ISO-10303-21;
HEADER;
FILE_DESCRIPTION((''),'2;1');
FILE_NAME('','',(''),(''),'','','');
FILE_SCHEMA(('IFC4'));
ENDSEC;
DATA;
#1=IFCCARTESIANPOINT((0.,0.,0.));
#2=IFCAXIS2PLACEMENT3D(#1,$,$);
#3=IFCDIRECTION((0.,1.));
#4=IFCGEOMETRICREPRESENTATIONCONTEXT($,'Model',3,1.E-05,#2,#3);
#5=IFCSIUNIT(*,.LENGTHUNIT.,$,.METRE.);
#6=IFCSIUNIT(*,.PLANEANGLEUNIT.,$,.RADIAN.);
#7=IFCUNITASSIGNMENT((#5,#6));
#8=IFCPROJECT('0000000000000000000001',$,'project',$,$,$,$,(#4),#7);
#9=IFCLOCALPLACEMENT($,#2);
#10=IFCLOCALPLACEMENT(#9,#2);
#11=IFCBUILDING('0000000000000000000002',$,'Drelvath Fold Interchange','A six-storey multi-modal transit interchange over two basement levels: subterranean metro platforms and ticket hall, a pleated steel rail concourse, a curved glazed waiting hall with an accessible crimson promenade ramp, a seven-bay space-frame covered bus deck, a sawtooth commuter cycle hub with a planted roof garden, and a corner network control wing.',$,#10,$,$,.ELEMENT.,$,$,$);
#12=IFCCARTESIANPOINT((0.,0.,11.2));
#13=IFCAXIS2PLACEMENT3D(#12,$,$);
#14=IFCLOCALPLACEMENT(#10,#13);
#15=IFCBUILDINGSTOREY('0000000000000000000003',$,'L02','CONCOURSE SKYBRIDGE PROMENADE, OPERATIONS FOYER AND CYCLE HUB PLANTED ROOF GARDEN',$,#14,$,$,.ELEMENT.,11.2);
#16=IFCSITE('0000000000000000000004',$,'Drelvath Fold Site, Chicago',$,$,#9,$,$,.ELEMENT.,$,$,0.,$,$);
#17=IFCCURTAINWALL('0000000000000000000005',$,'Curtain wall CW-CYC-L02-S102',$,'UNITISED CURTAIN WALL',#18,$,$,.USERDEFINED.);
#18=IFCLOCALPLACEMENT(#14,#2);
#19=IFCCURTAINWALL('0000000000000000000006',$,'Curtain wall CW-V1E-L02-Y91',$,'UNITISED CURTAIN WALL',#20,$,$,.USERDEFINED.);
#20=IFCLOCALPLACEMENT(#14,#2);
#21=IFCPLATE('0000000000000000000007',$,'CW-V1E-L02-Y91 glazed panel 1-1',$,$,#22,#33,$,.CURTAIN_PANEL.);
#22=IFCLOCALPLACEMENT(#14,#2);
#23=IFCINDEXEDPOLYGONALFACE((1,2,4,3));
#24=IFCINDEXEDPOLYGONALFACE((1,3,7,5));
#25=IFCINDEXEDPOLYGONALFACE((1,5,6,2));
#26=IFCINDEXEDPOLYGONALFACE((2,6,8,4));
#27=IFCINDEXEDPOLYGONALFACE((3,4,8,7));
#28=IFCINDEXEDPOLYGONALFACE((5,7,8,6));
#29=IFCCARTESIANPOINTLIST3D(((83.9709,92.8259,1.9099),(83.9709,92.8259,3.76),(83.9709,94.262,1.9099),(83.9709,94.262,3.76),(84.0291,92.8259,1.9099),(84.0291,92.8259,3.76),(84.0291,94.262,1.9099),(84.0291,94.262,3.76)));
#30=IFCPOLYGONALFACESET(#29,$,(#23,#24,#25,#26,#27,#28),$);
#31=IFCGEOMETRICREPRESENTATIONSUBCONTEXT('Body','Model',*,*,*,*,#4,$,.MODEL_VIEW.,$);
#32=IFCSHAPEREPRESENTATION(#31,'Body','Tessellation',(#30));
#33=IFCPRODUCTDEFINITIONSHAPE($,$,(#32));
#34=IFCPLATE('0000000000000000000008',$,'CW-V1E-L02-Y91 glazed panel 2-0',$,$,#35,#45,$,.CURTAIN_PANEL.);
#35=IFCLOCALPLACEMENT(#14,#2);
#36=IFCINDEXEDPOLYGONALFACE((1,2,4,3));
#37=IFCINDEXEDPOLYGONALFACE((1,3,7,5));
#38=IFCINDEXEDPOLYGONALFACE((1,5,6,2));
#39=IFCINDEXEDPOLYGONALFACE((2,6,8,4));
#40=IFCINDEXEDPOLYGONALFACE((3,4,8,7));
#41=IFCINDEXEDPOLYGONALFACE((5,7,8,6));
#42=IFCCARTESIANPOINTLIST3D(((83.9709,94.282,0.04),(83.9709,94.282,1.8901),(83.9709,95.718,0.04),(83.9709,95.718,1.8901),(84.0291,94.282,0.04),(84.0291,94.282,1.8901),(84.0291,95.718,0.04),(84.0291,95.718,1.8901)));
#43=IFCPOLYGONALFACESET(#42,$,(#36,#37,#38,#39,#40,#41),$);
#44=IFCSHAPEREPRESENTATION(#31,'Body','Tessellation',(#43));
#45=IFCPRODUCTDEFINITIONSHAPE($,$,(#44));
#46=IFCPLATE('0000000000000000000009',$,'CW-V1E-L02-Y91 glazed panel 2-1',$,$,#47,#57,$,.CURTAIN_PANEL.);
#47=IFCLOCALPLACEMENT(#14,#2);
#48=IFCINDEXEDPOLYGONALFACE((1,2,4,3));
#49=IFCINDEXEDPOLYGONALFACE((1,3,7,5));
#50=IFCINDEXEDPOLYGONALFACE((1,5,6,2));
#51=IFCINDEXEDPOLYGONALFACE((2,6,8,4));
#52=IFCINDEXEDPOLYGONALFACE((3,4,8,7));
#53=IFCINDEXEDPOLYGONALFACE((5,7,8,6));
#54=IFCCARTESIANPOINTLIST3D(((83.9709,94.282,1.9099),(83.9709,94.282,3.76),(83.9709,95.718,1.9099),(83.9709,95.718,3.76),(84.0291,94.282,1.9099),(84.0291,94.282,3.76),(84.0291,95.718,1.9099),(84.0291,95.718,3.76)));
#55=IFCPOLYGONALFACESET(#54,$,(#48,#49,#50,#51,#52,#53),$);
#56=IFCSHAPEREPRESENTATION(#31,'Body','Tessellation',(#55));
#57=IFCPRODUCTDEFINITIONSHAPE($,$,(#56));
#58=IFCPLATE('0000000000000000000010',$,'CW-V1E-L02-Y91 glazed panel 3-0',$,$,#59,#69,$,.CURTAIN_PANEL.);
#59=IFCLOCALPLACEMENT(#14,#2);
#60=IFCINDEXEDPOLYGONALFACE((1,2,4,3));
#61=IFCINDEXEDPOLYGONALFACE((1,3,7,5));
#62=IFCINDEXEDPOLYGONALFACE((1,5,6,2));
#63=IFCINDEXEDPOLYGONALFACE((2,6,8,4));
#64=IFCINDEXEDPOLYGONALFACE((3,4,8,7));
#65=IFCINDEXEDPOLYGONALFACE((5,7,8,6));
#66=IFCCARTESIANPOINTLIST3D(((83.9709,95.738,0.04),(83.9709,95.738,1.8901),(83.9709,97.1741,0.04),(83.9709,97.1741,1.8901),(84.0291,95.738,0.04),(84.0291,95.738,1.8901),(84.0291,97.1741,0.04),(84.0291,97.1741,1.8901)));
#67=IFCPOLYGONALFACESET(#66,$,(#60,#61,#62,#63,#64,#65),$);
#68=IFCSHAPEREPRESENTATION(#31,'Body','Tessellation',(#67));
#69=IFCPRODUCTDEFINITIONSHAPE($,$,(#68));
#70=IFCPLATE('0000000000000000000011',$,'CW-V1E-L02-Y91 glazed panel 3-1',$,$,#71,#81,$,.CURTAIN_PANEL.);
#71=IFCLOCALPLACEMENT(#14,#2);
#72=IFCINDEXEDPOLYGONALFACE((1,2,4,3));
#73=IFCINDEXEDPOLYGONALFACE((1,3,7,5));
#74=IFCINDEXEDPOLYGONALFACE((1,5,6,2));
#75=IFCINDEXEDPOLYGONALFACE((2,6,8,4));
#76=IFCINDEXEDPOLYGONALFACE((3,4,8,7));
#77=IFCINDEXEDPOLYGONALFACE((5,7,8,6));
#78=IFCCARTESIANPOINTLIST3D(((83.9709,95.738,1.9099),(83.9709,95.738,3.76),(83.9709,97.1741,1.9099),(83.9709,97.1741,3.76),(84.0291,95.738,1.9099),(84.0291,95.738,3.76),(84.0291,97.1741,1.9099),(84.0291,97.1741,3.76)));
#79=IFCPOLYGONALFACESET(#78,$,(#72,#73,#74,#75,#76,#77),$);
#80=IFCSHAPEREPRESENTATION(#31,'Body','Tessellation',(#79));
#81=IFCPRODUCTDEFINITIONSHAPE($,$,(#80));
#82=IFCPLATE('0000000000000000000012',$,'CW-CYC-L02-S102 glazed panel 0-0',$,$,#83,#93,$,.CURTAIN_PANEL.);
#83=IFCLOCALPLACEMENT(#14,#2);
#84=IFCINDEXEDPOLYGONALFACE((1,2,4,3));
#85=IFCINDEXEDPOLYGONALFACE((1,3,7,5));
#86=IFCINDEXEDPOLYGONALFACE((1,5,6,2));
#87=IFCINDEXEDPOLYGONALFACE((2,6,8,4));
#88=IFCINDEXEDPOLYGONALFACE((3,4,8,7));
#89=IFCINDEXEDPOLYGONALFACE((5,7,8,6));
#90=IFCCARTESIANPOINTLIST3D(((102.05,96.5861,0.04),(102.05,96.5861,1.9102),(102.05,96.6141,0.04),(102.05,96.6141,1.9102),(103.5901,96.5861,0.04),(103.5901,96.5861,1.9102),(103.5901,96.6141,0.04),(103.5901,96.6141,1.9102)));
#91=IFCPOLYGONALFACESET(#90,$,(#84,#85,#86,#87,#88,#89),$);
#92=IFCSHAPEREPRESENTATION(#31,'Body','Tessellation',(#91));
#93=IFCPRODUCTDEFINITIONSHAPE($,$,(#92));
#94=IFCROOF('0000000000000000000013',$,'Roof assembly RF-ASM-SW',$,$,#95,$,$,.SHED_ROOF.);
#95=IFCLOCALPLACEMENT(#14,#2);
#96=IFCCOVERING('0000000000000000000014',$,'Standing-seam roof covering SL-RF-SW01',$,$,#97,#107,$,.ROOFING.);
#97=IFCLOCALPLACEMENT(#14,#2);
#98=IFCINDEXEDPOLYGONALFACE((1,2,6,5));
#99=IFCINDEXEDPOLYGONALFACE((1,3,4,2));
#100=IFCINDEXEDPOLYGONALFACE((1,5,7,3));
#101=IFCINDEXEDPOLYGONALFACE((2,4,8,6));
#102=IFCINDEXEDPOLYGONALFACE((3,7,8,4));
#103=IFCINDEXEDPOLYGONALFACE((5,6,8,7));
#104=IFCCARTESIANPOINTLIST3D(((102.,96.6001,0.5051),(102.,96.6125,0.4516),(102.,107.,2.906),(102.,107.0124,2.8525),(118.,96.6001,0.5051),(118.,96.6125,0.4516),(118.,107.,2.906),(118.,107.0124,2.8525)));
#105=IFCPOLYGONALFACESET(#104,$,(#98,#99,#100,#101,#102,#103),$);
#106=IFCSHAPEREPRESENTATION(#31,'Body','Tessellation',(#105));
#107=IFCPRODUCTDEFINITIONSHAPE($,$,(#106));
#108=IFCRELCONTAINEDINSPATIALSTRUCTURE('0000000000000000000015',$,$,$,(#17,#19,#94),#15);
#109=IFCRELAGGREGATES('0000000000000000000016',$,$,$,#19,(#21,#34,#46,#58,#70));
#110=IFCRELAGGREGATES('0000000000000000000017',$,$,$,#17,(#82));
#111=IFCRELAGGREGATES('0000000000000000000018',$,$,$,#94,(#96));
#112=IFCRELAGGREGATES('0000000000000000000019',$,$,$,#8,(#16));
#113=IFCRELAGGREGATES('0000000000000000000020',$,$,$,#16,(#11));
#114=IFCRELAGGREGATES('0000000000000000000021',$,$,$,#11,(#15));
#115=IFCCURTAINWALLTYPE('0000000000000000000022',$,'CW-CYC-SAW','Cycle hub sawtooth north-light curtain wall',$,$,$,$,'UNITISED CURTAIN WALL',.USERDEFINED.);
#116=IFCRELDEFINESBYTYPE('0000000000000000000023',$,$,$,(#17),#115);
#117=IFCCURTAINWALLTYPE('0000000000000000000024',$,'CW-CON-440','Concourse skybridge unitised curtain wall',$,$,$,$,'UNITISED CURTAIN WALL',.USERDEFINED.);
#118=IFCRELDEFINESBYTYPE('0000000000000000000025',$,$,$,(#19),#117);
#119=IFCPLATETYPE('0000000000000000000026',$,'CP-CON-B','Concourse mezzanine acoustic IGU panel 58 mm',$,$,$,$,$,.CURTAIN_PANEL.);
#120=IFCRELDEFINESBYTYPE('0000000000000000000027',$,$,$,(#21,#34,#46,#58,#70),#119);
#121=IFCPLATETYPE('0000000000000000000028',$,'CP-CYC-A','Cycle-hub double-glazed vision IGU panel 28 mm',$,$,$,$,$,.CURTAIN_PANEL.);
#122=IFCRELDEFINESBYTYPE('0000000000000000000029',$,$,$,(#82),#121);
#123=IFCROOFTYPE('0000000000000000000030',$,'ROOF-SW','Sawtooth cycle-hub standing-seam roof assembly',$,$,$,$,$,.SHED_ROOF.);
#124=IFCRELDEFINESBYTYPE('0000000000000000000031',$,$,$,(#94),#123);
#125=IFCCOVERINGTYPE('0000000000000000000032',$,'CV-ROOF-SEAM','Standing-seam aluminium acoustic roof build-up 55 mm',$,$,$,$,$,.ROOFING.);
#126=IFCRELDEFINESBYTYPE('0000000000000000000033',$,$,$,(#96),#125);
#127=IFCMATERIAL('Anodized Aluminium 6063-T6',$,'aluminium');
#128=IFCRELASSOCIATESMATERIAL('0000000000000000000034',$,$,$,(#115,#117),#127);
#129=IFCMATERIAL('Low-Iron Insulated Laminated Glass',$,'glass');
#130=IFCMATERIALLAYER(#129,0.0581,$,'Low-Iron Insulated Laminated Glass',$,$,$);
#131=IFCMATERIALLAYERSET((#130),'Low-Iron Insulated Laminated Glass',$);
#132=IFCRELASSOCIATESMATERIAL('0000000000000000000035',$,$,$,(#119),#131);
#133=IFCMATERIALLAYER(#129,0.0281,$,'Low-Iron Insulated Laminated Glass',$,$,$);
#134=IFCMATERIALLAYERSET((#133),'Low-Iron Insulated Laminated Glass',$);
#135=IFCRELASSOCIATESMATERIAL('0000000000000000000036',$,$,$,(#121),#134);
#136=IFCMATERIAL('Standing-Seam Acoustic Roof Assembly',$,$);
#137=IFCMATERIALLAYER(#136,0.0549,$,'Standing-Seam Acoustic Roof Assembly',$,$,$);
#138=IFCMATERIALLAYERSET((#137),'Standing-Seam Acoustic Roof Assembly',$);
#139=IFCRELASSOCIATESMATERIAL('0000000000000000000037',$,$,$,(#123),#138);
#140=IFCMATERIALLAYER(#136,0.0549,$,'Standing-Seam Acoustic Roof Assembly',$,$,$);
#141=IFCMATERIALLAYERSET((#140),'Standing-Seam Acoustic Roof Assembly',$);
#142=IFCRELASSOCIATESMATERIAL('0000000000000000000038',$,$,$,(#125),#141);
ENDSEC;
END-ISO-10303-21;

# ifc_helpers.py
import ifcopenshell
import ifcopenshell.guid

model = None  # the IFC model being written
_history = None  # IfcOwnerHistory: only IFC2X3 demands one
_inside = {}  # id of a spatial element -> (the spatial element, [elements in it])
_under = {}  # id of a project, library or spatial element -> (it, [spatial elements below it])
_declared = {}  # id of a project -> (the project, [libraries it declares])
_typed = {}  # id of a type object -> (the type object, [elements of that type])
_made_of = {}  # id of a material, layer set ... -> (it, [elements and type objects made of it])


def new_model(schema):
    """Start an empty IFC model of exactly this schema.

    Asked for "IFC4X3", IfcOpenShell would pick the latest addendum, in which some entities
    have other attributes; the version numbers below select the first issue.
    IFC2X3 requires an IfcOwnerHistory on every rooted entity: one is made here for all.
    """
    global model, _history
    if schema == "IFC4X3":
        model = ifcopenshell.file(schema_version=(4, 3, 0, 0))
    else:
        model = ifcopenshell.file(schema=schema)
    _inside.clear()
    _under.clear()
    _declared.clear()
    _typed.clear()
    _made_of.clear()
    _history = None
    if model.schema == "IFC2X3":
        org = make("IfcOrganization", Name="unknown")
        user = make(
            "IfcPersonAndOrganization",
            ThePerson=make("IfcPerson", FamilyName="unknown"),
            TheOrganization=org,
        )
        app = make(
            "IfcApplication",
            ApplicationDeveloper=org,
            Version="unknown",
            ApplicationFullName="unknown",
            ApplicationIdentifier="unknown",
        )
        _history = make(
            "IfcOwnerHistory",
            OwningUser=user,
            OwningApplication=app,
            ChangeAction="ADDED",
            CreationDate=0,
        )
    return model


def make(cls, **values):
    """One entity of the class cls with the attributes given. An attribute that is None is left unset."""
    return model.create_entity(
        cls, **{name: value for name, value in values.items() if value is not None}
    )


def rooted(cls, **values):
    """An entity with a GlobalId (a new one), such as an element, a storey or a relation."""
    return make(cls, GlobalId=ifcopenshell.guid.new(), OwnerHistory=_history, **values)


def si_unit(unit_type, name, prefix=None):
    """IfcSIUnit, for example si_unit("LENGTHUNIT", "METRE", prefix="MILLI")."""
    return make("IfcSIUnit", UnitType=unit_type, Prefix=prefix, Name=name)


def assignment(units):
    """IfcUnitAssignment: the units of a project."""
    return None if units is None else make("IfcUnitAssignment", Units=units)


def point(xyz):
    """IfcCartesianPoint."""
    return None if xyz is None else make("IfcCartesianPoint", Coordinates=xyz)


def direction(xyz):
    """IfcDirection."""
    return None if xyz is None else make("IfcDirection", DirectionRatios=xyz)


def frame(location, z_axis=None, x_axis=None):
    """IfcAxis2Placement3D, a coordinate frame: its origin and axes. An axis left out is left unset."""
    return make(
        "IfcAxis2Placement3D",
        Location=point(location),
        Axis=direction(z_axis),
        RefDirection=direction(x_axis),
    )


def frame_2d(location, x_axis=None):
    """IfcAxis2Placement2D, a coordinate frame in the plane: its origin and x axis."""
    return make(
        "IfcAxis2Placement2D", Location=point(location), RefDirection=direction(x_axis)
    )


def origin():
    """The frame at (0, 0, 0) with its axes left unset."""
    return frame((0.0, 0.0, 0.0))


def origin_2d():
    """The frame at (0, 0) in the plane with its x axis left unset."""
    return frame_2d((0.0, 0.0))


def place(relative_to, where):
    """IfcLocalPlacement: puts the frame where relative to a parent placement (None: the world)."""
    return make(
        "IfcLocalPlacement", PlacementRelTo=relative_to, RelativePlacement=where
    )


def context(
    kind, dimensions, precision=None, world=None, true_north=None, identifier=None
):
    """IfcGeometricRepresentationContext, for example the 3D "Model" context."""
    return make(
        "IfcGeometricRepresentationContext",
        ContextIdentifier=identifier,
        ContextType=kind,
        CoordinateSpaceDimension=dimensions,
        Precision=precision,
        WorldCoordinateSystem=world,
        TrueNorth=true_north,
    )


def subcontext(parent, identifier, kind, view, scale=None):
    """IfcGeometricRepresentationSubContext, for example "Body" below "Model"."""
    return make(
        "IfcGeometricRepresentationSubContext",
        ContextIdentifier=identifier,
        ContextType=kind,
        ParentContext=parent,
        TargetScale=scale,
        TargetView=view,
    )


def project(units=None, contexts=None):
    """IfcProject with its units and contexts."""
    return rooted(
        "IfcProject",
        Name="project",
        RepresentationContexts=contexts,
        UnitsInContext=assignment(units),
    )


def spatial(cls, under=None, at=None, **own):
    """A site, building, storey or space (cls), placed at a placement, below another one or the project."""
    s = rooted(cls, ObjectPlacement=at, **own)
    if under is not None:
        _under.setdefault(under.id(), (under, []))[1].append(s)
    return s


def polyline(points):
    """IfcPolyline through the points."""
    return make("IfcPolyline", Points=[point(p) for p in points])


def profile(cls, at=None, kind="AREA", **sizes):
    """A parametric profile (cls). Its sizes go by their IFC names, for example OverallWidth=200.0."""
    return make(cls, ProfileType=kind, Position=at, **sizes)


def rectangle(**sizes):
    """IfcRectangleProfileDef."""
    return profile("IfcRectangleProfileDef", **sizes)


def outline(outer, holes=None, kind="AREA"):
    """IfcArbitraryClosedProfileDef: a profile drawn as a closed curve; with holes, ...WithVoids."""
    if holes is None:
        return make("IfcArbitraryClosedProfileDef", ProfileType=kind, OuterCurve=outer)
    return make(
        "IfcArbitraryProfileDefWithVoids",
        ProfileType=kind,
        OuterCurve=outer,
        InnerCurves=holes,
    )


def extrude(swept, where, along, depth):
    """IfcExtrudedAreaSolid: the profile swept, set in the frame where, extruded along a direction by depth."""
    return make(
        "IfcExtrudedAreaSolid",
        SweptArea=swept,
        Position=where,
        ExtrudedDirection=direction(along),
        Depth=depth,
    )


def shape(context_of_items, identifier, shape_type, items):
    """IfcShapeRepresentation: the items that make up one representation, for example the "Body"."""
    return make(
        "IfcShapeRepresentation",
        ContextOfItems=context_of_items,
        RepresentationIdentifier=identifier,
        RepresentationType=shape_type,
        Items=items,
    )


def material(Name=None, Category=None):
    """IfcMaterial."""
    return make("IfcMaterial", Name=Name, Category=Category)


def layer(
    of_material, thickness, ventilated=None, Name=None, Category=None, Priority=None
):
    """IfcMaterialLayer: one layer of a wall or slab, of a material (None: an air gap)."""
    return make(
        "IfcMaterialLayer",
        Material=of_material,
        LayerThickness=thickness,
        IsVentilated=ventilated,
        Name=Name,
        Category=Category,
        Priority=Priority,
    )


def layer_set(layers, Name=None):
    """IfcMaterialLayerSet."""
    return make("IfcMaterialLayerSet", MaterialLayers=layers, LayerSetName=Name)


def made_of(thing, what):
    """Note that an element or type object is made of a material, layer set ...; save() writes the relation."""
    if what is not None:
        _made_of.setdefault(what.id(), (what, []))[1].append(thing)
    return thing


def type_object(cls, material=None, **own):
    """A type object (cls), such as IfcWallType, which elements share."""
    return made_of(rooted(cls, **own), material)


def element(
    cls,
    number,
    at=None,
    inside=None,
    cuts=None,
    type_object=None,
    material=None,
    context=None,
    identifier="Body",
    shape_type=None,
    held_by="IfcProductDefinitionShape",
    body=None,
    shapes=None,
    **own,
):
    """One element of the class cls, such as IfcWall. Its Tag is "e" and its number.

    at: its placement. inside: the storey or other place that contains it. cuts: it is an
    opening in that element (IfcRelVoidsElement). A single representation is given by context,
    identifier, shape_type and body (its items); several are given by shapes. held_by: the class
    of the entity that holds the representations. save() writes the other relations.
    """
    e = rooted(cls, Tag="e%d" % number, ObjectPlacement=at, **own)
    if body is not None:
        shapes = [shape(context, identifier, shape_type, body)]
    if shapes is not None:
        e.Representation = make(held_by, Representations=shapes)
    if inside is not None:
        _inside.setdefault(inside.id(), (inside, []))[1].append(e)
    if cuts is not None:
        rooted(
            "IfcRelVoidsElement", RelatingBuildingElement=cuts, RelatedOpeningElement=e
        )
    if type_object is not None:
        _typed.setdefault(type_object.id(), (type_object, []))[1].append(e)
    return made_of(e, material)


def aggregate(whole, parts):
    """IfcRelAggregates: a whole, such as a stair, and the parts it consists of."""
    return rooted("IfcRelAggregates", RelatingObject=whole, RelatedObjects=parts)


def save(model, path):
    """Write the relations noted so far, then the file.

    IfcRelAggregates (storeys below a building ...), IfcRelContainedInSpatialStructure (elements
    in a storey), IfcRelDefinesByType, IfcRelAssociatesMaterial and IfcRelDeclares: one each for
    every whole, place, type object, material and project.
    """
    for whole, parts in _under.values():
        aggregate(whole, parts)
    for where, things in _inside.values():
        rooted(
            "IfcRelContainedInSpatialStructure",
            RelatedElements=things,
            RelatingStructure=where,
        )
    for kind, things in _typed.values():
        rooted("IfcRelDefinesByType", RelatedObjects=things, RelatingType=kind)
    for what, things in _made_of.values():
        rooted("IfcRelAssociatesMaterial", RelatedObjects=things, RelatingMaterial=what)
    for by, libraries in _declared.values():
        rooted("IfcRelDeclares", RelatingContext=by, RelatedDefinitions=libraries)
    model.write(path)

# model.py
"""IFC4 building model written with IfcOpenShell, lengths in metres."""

from ifc_helpers import new_model, si_unit, direction, frame, origin, origin_2d, place, context, subcontext, project, spatial, polyline, rectangle, outline, extrude, material, layer, layer_set, type_object, element, aggregate, save


model = new_model("IFC4")

# Units and contexts
model_context = context("Model", 3, precision=1e-05, world=origin(), true_north=direction((0.0, 1.0)))
body_context = subcontext(model_context, "Body", "Model", "MODEL_VIEW")
ifc_project = project(units=[si_unit("LENGTHUNIT", "METRE"), si_unit("PLANEANGLEUNIT", "RADIAN")], contexts=[model_context])

# Site, building, storey
site_placement = place(None, origin())
site = spatial("IfcSite", under=ifc_project, at=site_placement, Name="Drelvath Fold Site, Chicago", CompositionType="ELEMENT", RefElevation=0.0)
building_placement = place(site_placement, origin())
building = spatial("IfcBuilding", under=site, at=building_placement, Name="Drelvath Fold Interchange", Description="A six-storey multi-modal transit interchange over two basement levels: subterranean metro platforms and ticket hall, a pleated steel rail concourse, a curved glazed waiting hall with an accessible crimson promenade ramp, a seven-bay space-frame covered bus deck, a sawtooth commuter cycle hub with a planted roof garden, and a corner network control wing.", CompositionType="ELEMENT")
storey_placement = place(building_placement, frame((0.0, 0.0, 11.2)))
storey = spatial("IfcBuildingStorey", under=building, at=storey_placement, Name="L02", Description="CONCOURSE SKYBRIDGE PROMENADE, OPERATIONS FOYER AND CYCLE HUB PLANTED ROOF GARDEN", CompositionType="ELEMENT", Elevation=11.2)

# Curtain walls
ifc_material_1 = material(Name="Anodized Aluminium 6063-T6", Category="aluminium")
curtain_wall_type_1 = type_object("IfcCurtainWallType", Name="CW-CYC-SAW", Description="Cycle hub sawtooth north-light curtain wall", ElementType="UNITISED CURTAIN WALL", PredefinedType="USERDEFINED", material=ifc_material_1)
curtain_wall_1_placement = place(storey_placement, origin())
curtain_wall_1 = element("IfcCurtainWall", 1, at=curtain_wall_1_placement, inside=storey, type_object=curtain_wall_type_1, Name="Curtain wall CW-CYC-L02-S102", ObjectType="UNITISED CURTAIN WALL", PredefinedType="USERDEFINED")
curtain_wall_type_2 = type_object("IfcCurtainWallType", Name="CW-CON-440", Description="Concourse skybridge unitised curtain wall", ElementType="UNITISED CURTAIN WALL", PredefinedType="USERDEFINED", material=ifc_material_1)
curtain_wall_2_placement = place(storey_placement, origin())
curtain_wall_2 = element("IfcCurtainWall", 2, at=curtain_wall_2_placement, inside=storey, type_object=curtain_wall_type_2, Name="Curtain wall CW-V1E-L02-Y91", ObjectType="UNITISED CURTAIN WALL", PredefinedType="USERDEFINED")

# Plates
ifc_material_2 = material(Name="Low-Iron Insulated Laminated Glass", Category="glass")
ifc_layer_1 = layer(ifc_material_2, 0.0581, Name="Low-Iron Insulated Laminated Glass")
ifc_layer_set_1 = layer_set([ifc_layer_1], Name="Low-Iron Insulated Laminated Glass")
plate_type_1 = type_object("IfcPlateType", Name="CP-CON-B", Description="Concourse mezzanine acoustic IGU panel 58 mm", PredefinedType="CURTAIN_PANEL", material=ifc_layer_set_1)
plate_1_placement = place(storey_placement, frame((84.0, 93.5439, 1.9099), z_axis=(0.0, 0.0, 1.0), x_axis=(0.0, 1.0, 0.0)))
plate_1 = element("IfcPlate", 3, at=plate_1_placement, type_object=plate_type_1, Name="CW-V1E-L02-Y91 glazed panel 1-1", PredefinedType="CURTAIN_PANEL", context=body_context, shape_type="SweptSolid", body=[
    extrude(rectangle(XDim=1.436, YDim=0.0581, at=origin_2d()), origin(), (0.0, 0.0, 1.0), 1.8501),
])
plate_2_placement = place(storey_placement, frame((84.0, 95.0, 0.04), z_axis=(0.0, 0.0, 1.0), x_axis=(0.0, 1.0, 0.0)))
plate_2 = element("IfcPlate", 4, at=plate_2_placement, type_object=plate_type_1, Name="CW-V1E-L02-Y91 glazed panel 2-0", PredefinedType="CURTAIN_PANEL", context=body_context, shape_type="SweptSolid", body=[
    extrude(rectangle(XDim=1.436, YDim=0.0581, at=origin_2d()), origin(), (0.0, 0.0, 1.0), 1.8501),
])
plate_3_placement = place(storey_placement, frame((84.0, 95.0, 1.9099), z_axis=(0.0, 0.0, 1.0), x_axis=(0.0, 1.0, 0.0)))
plate_3 = element("IfcPlate", 5, at=plate_3_placement, type_object=plate_type_1, Name="CW-V1E-L02-Y91 glazed panel 2-1", PredefinedType="CURTAIN_PANEL", context=body_context, shape_type="SweptSolid", body=[
    extrude(rectangle(XDim=1.436, YDim=0.0581, at=origin_2d()), origin(), (0.0, 0.0, 1.0), 1.8501),
])
plate_4_placement = place(storey_placement, frame((84.0, 96.4561, 0.04), z_axis=(0.0, 0.0, 1.0), x_axis=(0.0, 1.0, 0.0)))
plate_4 = element("IfcPlate", 6, at=plate_4_placement, type_object=plate_type_1, Name="CW-V1E-L02-Y91 glazed panel 3-0", PredefinedType="CURTAIN_PANEL", context=body_context, shape_type="SweptSolid", body=[
    extrude(rectangle(XDim=1.436, YDim=0.0581, at=origin_2d()), origin(), (0.0, 0.0, 1.0), 1.8501),
])
plate_5_placement = place(storey_placement, frame((84.0, 96.4561, 1.9099), z_axis=(0.0, 0.0, 1.0), x_axis=(0.0, 1.0, 0.0)))
plate_5 = element("IfcPlate", 7, at=plate_5_placement, type_object=plate_type_1, Name="CW-V1E-L02-Y91 glazed panel 3-1", PredefinedType="CURTAIN_PANEL", context=body_context, shape_type="SweptSolid", body=[
    extrude(rectangle(XDim=1.436, YDim=0.0581, at=origin_2d()), origin(), (0.0, 0.0, 1.0), 1.8501),
])
aggregate(curtain_wall_2, [plate_1, plate_2, plate_3, plate_4, plate_5])
ifc_layer_2 = layer(ifc_material_2, 0.0281, Name="Low-Iron Insulated Laminated Glass")
ifc_layer_set_2 = layer_set([ifc_layer_2], Name="Low-Iron Insulated Laminated Glass")
plate_type_2 = type_object("IfcPlateType", Name="CP-CYC-A", Description="Cycle-hub double-glazed vision IGU panel 28 mm", PredefinedType="CURTAIN_PANEL", material=ifc_layer_set_2)
plate_6_placement = place(storey_placement, frame((102.8201, 96.6001, 0.04), z_axis=(0.0, 0.0, 1.0), x_axis=(1.0, 0.0, 0.0)))
plate_6 = element("IfcPlate", 8, at=plate_6_placement, type_object=plate_type_2, Name="CW-CYC-L02-S102 glazed panel 0-0", PredefinedType="CURTAIN_PANEL", context=body_context, shape_type="SweptSolid", body=[
    extrude(rectangle(XDim=1.54, YDim=0.0281, at=origin_2d()), origin(), (0.0, 0.0, 1.0), 1.8701),
])
aggregate(curtain_wall_1, [plate_6])

# Roof, covering
ifc_material_3 = material(Name="Standing-Seam Acoustic Roof Assembly")
ifc_layer_3 = layer(ifc_material_3, 0.0549, Name="Standing-Seam Acoustic Roof Assembly")
ifc_layer_set_3 = layer_set([ifc_layer_3], Name="Standing-Seam Acoustic Roof Assembly")
roof_type = type_object("IfcRoofType", Name="ROOF-SW", Description="Sawtooth cycle-hub standing-seam roof assembly", PredefinedType="SHED_ROOF", material=ifc_layer_set_3)
roof_placement = place(storey_placement, origin())
roof = element("IfcRoof", 9, at=roof_placement, inside=storey, type_object=roof_type, Name="Roof assembly RF-ASM-SW", PredefinedType="SHED_ROOF")
ifc_layer_4 = layer(ifc_material_3, 0.0549, Name="Standing-Seam Acoustic Roof Assembly")
ifc_layer_set_4 = layer_set([ifc_layer_4], Name="Standing-Seam Acoustic Roof Assembly")
covering_type = type_object("IfcCoveringType", Name="CV-ROOF-SEAM", Description="Standing-seam aluminium acoustic roof build-up 55 mm", PredefinedType="ROOFING", material=ifc_layer_set_4)
covering_placement = place(storey_placement, frame((102.0, 96.6001, 0.5051), z_axis=(0.0, -0.22494, 0.974373), x_axis=(1.0, 0.0, 0.0)))
covering = element("IfcCovering", 10, at=covering_placement, type_object=covering_type, Name="Standing-seam roof covering SL-RF-SW01", PredefinedType="ROOFING", context=body_context, shape_type="SweptSolid", body=[
    extrude(outline(polyline([(0.0, 0.0), (16.0, 0.0), (16.0, 10.6734), (0.0, 10.6734), (0.0, 0.0)])), origin(), (0.0, 0.0, -1.0), 0.0549),
])
aggregate(roof, [covering])

save(model, "model.ifc")
